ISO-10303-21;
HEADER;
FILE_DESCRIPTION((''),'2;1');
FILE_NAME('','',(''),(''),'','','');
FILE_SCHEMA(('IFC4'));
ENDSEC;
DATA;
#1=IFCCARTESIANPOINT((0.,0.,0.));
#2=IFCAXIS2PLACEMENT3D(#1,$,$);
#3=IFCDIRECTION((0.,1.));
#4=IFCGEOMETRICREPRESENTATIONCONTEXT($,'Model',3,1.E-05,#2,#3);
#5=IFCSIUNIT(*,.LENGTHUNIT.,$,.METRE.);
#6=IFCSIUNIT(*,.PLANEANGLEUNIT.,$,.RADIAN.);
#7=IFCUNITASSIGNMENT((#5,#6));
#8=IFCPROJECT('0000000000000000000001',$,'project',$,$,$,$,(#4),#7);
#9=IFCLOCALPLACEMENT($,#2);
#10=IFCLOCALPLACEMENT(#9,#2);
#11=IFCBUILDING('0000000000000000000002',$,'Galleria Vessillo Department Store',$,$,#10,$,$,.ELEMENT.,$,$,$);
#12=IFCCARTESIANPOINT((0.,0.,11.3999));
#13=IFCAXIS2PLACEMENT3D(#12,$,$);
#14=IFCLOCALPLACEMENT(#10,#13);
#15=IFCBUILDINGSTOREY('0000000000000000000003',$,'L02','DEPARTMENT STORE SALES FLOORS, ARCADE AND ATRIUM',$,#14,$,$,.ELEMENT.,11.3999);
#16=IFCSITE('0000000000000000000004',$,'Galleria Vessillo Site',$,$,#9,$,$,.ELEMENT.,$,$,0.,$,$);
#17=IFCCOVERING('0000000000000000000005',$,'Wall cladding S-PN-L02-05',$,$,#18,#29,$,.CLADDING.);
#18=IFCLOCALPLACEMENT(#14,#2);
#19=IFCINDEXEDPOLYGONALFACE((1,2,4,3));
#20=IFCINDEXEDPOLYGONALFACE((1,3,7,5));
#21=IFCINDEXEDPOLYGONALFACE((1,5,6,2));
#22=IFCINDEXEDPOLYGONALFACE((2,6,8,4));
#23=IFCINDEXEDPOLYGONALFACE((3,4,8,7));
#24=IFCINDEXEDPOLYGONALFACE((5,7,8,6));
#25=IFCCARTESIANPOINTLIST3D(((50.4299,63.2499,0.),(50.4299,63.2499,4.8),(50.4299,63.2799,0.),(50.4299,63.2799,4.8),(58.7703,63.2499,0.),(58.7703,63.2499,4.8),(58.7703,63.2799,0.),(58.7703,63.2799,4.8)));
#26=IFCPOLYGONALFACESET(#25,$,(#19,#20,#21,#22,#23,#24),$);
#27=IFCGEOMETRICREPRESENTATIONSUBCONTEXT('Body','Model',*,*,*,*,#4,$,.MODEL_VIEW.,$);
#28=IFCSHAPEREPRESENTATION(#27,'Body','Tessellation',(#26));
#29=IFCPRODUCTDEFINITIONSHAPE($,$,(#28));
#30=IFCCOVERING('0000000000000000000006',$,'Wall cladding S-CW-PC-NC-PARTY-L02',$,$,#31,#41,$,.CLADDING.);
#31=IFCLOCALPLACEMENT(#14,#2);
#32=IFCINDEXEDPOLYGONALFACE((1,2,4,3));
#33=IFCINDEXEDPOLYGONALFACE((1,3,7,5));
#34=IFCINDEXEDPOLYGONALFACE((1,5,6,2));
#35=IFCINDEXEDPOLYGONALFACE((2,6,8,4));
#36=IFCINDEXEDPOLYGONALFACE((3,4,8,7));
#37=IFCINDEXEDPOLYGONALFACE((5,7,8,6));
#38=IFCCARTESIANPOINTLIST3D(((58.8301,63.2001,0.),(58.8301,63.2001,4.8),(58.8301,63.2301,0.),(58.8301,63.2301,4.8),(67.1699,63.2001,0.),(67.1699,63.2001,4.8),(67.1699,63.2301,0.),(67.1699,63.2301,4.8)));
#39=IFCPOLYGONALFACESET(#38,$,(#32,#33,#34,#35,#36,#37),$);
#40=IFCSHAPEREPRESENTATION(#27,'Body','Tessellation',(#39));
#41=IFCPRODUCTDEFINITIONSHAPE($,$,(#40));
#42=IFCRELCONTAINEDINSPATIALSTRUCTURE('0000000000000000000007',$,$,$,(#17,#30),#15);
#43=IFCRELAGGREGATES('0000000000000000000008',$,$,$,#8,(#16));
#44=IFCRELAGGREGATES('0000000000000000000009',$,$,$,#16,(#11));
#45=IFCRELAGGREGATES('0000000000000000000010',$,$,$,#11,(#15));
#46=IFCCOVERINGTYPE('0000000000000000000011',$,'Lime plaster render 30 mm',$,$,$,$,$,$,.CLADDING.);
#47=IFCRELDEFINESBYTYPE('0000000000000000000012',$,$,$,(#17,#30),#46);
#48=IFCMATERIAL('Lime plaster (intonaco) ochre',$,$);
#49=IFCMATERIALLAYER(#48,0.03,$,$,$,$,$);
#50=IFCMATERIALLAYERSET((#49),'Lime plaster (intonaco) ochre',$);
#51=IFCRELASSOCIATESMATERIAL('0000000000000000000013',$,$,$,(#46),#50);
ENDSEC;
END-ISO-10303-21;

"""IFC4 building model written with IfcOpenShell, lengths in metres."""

from ifc_helpers import new_model, si_unit, direction, frame, origin, origin_2d, place, context, subcontext, project, spatial, rectangle, extrude, material, layer, layer_set, type_object, element, save


model = new_model("IFC4")

# Units and contexts
model_context = context("Model", 3, precision=1e-05, world=origin(), true_north=direction((0.0, 1.0)))
body_context = subcontext(model_context, "Body", "Model", "MODEL_VIEW")
ifc_project = project(units=[si_unit("LENGTHUNIT", "METRE"), si_unit("PLANEANGLEUNIT", "RADIAN")], contexts=[model_context])

# Site, building, storey
site_placement = place(None, origin())
site = spatial("IfcSite", under=ifc_project, at=site_placement, Name="Galleria Vessillo Site", CompositionType="ELEMENT", RefElevation=0.0)
building_placement = place(site_placement, origin())
building = spatial("IfcBuilding", under=site, at=building_placement, Name="Galleria Vessillo Department Store", CompositionType="ELEMENT")
storey_placement = place(building_placement, frame((0.0, 0.0, 11.3999)))
storey = spatial("IfcBuildingStorey", under=building, at=storey_placement, Name="L02", Description="DEPARTMENT STORE SALES FLOORS, ARCADE AND ATRIUM", CompositionType="ELEMENT", Elevation=11.3999)

# Coverings
ifc_material_1 = material(Name="Lime plaster (intonaco) ochre")
ifc_layer_1 = layer(ifc_material_1, 0.03)
ifc_layer_set_1 = layer_set([ifc_layer_1], Name="Lime plaster (intonaco) ochre")
covering_type = type_object("IfcCoveringType", Name="Lime plaster render 30 mm", PredefinedType="CLADDING", material=ifc_layer_set_1)
covering_1_placement = place(storey_placement, frame((54.6001, 63.2649, 0.0), z_axis=(0.0, 0.0, 1.0), x_axis=(1.0, 0.0, 0.0)))
element("IfcCovering", 1, at=covering_1_placement, inside=storey, type_object=covering_type, Name="Wall cladding S-PN-L02-05", PredefinedType="CLADDING", context=body_context, shape_type="SweptSolid", body=[
    extrude(rectangle(XDim=8.3403, YDim=0.03, at=origin_2d()), origin(), (0.0, 0.0, 1.0), 4.8),
])
covering_2_placement = place(storey_placement, frame((63.0, 63.2151, 0.0), z_axis=(0.0, 0.0, 1.0), x_axis=(1.0, 0.0, 0.0)))
element("IfcCovering", 2, at=covering_2_placement, inside=storey, type_object=covering_type, Name="Wall cladding S-CW-PC-NC-PARTY-L02", PredefinedType="CLADDING", context=body_context, shape_type="SweptSolid", body=[
    extrude(rectangle(XDim=8.3398, YDim=0.03, at=origin_2d()), origin(), (0.0, 0.0, 1.0), 4.8),
])

save(model, "model.ifc")
